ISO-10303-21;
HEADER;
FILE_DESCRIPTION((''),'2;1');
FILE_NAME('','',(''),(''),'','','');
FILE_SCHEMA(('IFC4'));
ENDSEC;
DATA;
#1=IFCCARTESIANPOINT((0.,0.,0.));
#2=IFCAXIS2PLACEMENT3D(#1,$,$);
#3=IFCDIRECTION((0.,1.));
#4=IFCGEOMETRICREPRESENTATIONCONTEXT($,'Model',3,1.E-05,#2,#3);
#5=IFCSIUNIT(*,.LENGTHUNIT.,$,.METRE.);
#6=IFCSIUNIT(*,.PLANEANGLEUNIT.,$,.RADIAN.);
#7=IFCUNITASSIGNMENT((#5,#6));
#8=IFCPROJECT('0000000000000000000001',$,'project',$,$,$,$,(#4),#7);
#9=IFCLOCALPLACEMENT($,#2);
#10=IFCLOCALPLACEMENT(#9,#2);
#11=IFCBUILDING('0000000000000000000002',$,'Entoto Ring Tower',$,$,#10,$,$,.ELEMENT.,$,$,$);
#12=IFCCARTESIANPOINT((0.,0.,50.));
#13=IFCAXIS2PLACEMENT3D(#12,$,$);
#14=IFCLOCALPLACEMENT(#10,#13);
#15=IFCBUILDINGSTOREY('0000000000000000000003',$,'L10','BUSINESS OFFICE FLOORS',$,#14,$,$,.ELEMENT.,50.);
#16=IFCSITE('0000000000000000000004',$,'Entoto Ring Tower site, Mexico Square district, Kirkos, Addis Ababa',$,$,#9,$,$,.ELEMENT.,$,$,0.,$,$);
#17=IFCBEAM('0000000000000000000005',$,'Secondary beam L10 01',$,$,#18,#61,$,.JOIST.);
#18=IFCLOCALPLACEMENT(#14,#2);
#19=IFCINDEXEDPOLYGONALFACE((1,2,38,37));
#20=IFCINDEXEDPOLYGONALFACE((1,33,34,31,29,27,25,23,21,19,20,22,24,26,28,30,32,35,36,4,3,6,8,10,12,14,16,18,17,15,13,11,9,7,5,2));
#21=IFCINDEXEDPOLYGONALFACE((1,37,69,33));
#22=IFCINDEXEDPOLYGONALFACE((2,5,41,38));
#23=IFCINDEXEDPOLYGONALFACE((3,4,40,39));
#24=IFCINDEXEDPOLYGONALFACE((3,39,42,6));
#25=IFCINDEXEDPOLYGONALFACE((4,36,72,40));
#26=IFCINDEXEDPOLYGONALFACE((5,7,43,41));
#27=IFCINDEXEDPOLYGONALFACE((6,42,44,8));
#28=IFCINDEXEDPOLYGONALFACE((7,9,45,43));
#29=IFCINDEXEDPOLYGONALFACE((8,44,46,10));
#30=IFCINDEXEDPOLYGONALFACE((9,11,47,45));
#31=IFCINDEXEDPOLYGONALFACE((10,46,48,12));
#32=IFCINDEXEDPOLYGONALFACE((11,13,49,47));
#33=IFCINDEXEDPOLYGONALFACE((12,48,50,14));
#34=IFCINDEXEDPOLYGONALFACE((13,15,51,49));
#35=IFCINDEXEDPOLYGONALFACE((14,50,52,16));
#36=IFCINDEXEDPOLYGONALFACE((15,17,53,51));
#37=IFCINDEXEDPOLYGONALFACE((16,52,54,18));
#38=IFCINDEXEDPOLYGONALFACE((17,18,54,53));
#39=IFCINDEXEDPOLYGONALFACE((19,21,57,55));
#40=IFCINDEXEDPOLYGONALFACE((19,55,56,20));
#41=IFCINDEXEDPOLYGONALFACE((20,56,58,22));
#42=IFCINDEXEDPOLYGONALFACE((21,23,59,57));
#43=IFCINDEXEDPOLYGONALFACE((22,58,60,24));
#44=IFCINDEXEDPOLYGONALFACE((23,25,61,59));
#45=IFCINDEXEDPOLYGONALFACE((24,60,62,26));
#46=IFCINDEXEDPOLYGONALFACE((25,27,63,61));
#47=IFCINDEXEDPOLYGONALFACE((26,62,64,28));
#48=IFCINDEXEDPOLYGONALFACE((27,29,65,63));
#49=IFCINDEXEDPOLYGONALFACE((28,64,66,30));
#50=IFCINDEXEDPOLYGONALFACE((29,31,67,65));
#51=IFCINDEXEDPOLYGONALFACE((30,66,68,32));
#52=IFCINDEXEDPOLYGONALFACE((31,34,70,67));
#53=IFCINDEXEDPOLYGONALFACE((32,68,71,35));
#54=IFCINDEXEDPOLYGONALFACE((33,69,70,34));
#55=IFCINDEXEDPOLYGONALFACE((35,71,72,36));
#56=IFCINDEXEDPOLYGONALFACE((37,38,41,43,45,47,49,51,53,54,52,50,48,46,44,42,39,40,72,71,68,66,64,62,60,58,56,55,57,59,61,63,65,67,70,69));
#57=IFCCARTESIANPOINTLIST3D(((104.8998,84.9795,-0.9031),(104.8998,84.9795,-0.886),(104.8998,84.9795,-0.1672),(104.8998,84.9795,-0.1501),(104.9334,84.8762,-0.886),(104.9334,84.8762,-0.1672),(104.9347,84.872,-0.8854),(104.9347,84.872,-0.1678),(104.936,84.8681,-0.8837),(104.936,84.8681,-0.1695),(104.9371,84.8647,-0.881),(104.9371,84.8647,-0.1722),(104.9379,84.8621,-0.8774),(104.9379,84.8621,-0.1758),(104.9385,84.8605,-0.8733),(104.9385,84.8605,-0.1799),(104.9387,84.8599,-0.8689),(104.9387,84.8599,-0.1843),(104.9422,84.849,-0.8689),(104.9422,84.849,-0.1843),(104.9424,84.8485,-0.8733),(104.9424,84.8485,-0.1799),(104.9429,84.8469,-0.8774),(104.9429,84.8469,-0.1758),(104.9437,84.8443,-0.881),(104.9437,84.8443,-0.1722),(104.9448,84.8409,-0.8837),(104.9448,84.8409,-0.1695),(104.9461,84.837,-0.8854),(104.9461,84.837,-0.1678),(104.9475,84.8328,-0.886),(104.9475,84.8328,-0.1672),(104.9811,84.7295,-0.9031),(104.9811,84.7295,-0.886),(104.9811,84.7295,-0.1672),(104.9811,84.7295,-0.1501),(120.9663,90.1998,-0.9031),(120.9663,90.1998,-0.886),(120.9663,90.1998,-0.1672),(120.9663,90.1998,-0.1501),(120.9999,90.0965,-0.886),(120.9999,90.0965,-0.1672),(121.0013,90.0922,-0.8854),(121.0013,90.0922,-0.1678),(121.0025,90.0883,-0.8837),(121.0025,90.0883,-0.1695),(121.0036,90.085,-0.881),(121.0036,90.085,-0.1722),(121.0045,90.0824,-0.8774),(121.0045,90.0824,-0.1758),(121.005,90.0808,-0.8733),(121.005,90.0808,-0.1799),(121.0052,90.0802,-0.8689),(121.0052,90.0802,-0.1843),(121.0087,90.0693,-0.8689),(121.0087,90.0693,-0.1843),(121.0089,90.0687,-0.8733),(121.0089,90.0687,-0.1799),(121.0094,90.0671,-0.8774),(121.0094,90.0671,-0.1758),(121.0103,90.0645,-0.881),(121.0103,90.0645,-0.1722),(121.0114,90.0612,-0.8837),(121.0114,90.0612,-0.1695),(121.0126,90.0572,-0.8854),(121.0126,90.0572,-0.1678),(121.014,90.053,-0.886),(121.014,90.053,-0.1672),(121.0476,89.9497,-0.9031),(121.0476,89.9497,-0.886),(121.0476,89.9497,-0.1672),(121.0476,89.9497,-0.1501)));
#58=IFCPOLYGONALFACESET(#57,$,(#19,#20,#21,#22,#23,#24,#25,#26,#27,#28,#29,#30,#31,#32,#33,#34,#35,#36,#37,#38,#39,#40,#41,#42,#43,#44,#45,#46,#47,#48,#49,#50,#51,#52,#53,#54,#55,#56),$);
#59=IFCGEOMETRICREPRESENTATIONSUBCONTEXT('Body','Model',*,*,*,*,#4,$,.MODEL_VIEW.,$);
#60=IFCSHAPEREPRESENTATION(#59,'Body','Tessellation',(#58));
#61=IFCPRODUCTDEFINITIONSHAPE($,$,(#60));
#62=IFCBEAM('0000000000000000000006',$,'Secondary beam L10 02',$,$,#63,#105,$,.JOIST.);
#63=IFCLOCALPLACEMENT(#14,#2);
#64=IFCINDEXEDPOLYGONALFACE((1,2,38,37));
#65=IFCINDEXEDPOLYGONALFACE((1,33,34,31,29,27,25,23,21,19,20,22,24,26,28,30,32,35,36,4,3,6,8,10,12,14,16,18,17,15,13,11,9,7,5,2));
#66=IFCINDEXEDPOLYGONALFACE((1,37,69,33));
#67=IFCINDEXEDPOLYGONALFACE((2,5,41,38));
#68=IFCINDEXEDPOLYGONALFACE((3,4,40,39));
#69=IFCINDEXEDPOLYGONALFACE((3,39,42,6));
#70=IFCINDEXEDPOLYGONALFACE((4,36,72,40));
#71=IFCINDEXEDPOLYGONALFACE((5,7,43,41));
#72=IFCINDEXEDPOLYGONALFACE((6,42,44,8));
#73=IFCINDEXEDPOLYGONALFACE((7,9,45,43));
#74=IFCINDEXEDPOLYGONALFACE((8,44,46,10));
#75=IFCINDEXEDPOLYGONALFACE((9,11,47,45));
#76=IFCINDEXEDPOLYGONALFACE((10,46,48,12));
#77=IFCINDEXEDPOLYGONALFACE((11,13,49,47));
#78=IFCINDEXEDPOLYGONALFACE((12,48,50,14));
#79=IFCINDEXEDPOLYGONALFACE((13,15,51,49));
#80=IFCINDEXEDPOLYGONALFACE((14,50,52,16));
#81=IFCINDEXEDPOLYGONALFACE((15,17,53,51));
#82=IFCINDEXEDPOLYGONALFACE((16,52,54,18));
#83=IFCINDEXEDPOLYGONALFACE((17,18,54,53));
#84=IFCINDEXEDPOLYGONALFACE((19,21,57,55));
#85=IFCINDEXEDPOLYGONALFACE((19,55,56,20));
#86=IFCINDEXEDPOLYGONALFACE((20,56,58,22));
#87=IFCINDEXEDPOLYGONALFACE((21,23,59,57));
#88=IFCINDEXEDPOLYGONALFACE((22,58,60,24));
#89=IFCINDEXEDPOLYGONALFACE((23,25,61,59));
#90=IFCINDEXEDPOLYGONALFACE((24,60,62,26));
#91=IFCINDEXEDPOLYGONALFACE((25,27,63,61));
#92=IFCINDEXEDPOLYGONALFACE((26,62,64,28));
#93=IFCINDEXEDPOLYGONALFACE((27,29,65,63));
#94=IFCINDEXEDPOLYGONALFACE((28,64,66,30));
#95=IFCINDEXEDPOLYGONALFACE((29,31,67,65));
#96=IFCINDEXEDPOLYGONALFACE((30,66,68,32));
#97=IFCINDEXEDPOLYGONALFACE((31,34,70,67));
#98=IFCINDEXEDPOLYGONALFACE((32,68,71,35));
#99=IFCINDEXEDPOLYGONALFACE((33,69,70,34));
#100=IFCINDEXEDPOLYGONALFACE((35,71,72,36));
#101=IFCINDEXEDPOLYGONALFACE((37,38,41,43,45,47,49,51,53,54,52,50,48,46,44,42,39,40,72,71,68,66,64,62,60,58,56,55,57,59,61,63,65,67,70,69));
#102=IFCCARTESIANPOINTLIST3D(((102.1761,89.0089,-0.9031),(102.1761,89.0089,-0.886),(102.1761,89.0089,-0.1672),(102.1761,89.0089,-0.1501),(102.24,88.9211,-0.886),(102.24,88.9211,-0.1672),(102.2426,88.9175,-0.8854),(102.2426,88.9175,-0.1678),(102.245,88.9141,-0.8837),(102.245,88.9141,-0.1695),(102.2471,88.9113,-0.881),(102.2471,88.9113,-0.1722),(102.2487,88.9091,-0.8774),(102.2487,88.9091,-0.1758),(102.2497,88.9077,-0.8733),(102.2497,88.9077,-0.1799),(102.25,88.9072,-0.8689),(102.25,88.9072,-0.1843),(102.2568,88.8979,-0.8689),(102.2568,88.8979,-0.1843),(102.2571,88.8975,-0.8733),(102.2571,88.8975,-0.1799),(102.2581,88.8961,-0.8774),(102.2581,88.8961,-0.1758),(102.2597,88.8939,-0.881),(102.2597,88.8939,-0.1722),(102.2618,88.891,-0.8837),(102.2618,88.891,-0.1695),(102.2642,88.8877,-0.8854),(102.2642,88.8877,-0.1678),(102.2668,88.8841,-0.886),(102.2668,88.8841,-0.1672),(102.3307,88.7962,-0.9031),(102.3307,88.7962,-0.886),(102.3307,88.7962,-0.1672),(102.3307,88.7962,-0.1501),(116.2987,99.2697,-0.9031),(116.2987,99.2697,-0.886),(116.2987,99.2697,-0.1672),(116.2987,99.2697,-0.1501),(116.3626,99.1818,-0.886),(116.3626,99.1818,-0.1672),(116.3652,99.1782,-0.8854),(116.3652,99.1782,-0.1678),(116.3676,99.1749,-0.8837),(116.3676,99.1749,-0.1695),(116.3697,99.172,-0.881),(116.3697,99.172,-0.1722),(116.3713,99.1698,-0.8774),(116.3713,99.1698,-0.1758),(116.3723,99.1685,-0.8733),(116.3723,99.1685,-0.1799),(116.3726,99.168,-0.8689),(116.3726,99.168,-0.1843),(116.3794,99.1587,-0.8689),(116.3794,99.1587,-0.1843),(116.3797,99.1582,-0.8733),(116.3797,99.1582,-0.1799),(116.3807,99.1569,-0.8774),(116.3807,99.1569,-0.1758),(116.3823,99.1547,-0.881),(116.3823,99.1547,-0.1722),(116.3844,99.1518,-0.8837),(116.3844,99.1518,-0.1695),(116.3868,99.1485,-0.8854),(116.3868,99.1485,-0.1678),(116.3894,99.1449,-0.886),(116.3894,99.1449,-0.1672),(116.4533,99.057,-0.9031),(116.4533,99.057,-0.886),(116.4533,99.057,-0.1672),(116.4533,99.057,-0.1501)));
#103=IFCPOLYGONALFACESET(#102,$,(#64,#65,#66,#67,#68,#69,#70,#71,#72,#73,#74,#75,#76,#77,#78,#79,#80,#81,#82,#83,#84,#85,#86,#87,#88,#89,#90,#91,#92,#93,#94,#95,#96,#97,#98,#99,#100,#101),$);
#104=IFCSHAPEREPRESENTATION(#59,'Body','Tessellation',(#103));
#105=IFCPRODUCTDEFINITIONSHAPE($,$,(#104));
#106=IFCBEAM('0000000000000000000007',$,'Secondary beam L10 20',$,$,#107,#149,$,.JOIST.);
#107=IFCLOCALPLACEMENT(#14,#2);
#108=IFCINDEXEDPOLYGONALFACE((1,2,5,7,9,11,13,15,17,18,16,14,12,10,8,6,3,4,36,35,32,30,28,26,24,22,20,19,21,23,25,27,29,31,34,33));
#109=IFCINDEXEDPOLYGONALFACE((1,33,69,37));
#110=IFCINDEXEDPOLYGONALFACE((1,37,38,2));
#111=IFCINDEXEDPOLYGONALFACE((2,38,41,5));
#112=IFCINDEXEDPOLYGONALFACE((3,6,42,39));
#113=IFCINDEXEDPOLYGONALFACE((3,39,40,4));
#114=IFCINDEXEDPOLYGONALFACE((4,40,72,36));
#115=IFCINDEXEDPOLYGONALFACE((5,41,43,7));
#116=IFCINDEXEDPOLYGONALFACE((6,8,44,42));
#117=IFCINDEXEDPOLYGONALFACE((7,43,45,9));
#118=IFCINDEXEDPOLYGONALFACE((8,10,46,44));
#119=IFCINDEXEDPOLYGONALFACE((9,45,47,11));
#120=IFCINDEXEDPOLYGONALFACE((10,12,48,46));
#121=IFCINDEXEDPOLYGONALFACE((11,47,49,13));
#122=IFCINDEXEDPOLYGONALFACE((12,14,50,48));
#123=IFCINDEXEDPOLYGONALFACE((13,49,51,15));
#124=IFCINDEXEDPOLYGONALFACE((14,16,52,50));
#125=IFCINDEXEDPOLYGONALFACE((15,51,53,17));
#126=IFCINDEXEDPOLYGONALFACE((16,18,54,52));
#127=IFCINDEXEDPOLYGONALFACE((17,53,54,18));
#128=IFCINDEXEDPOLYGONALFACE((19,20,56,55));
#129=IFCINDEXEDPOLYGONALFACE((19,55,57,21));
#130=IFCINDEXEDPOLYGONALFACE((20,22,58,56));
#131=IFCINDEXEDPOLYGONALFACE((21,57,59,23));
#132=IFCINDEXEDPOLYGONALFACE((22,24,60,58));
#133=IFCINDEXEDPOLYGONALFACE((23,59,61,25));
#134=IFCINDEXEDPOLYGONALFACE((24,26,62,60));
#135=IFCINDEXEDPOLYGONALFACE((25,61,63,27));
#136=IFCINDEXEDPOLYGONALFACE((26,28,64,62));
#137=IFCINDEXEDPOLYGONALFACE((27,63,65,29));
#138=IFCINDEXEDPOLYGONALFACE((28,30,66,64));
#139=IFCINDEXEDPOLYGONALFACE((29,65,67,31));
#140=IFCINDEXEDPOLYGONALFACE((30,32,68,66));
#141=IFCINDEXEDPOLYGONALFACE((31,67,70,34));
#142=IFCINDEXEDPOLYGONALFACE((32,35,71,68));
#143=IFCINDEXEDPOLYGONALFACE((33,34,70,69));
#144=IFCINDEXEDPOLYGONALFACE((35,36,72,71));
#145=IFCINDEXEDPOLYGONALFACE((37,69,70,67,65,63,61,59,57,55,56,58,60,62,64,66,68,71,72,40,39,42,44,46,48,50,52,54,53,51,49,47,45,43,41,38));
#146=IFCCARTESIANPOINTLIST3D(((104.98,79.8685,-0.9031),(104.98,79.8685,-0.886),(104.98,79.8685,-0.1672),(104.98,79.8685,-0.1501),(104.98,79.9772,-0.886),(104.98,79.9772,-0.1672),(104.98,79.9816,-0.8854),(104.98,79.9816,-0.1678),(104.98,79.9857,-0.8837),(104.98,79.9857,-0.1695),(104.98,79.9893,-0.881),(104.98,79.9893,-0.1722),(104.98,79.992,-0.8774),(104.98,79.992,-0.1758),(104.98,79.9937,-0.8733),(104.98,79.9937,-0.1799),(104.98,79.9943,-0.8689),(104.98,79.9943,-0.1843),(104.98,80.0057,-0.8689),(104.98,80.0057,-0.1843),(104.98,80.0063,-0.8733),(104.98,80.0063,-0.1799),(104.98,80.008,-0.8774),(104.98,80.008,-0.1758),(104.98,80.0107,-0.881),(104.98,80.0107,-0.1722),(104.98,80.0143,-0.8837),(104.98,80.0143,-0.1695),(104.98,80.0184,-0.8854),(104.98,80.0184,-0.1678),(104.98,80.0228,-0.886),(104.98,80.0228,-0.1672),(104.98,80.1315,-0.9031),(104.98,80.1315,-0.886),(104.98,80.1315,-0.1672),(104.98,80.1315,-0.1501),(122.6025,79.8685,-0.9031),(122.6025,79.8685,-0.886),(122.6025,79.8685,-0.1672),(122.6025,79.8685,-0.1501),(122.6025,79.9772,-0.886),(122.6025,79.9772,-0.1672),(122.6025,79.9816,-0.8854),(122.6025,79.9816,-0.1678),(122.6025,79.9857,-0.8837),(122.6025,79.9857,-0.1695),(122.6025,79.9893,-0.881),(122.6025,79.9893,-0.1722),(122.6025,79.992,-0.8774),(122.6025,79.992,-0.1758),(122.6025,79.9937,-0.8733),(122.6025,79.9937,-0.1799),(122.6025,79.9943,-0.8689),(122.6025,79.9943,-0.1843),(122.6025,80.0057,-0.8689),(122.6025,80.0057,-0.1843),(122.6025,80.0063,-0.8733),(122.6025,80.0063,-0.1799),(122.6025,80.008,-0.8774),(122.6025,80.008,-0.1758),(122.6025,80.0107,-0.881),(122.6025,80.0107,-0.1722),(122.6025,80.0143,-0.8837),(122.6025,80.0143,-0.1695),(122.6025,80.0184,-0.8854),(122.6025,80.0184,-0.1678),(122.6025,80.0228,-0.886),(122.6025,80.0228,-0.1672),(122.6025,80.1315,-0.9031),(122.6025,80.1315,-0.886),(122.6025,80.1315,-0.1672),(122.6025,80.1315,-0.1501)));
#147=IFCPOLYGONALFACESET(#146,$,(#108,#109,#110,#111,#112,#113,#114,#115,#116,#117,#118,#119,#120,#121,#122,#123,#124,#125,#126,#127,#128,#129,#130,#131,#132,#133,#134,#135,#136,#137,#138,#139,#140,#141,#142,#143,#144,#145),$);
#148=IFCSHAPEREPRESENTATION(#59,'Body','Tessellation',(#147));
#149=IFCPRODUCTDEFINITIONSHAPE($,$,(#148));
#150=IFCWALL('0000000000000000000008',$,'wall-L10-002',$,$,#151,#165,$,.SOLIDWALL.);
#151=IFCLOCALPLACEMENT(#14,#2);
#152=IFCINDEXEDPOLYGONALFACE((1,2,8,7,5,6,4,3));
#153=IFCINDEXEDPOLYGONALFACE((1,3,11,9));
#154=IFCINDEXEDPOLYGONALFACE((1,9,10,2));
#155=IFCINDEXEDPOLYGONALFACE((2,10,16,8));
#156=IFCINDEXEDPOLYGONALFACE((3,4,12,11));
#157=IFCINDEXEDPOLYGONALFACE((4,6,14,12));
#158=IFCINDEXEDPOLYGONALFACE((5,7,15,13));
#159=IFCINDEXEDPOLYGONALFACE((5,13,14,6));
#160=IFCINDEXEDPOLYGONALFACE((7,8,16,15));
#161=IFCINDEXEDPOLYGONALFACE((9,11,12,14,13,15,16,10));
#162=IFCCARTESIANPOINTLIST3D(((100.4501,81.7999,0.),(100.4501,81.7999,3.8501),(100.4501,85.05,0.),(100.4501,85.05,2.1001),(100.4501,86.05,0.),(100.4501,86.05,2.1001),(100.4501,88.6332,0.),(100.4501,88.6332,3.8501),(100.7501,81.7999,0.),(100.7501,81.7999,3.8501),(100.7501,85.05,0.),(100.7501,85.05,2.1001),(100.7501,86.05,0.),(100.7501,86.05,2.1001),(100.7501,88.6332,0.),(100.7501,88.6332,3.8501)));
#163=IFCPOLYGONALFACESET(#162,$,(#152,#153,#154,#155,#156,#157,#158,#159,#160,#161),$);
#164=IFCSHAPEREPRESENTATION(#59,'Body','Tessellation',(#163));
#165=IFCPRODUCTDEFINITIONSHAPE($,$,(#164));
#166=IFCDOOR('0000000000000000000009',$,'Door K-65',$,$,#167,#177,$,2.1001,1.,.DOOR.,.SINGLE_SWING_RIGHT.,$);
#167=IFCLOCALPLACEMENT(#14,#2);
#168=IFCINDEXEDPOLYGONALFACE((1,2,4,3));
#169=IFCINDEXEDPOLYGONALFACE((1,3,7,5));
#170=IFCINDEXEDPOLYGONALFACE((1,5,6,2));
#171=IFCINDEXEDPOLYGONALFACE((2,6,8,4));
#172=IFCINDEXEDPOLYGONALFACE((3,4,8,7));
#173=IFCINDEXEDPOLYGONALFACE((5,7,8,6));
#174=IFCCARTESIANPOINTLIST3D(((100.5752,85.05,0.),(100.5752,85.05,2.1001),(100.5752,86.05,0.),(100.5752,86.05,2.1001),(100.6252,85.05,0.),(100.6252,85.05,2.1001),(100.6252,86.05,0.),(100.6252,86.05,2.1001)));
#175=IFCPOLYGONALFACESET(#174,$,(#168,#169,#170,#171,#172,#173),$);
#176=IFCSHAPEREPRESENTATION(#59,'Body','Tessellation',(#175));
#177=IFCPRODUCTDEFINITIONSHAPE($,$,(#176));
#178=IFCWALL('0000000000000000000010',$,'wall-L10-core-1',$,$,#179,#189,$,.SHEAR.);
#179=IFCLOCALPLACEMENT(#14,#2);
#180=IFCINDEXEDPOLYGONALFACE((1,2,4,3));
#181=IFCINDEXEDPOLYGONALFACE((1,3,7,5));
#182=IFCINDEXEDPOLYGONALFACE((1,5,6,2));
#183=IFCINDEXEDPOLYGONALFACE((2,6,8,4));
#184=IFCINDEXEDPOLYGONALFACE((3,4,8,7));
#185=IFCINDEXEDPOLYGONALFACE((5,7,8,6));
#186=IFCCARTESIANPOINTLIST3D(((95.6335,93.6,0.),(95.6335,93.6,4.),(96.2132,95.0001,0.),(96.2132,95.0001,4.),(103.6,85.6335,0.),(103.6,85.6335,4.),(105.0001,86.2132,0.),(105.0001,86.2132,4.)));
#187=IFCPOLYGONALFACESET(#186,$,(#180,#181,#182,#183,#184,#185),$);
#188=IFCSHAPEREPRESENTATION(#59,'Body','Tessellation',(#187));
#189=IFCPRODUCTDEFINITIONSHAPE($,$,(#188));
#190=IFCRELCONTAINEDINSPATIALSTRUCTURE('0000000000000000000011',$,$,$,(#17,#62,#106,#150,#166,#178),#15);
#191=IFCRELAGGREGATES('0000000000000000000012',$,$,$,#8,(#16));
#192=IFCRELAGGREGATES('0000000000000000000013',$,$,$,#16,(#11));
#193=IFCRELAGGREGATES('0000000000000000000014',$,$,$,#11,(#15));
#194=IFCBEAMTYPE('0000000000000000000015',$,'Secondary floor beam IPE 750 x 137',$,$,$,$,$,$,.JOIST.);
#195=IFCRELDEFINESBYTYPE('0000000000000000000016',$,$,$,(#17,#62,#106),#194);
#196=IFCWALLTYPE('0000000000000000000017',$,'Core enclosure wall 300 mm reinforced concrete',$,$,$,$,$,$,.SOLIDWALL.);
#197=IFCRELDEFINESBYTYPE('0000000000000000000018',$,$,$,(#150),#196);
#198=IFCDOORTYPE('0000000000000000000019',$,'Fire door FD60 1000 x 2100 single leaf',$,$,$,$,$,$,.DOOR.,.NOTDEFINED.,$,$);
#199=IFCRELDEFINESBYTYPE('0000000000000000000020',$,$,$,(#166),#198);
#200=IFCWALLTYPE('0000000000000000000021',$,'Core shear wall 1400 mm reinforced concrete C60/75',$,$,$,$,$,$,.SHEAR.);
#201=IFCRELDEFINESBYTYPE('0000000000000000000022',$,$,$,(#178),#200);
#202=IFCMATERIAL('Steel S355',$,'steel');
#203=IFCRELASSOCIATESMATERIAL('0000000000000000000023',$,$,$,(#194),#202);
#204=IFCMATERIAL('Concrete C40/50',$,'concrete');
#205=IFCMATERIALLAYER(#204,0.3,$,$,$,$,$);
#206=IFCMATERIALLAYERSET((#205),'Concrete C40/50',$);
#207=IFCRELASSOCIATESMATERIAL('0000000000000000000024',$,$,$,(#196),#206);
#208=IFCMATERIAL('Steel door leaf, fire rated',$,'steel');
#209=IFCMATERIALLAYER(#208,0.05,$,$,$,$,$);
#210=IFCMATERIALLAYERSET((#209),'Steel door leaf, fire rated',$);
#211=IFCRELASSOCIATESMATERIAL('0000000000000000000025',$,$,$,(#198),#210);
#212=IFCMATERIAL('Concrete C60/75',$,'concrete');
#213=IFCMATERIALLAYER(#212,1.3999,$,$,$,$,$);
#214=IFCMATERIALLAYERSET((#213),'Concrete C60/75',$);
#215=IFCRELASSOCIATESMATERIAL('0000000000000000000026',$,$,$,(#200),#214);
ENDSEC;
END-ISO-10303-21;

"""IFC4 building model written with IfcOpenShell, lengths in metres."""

from ifc_helpers import new_model, si_unit, direction, frame, frame_2d, origin, origin_2d, place, context, subcontext, project, spatial, polyline, rectangle, i_section, outline, extrude, material, layer, layer_set, material_profile, profile_set, type_object, element, fill, save


model = new_model("IFC4")

# Units and contexts
model_context = context("Model", 3, precision=1e-05, world=origin(), true_north=direction((0.0, 1.0)))
body_context = subcontext(model_context, "Body", "Model", "MODEL_VIEW")
ifc_project = project(units=[si_unit("LENGTHUNIT", "METRE"), si_unit("PLANEANGLEUNIT", "RADIAN")], contexts=[model_context])

# Site, building, storey
site_placement = place(None, origin())
site = spatial("IfcSite", under=ifc_project, at=site_placement, Name="Entoto Ring Tower site, Mexico Square district, Kirkos, Addis Ababa", CompositionType="ELEMENT", RefElevation=0.0)
building_placement = place(site_placement, origin())
building = spatial("IfcBuilding", under=site, at=building_placement, Name="Entoto Ring Tower", CompositionType="ELEMENT")
storey_placement = place(building_placement, frame((0.0, 0.0, 50.0)))
storey = spatial("IfcBuildingStorey", under=building, at=storey_placement, Name="L10", Description="BUSINESS OFFICE FLOORS", CompositionType="ELEMENT", Elevation=50.0)

# Beams
ifc_material_1 = material(Name="Steel S355", Category="steel")
ifc_material_profile_1 = material_profile(ifc_material_1, i_section(OverallWidth=0.2629, OverallDepth=0.7529, WebThickness=0.0115, FlangeThickness=0.0171, FilletRadius=0.0171, at=origin_2d()), Name="IPE 750 x 137")
ifc_profile_set_1 = profile_set([ifc_material_profile_1], Name="Steel S355")
beam_type_1 = type_object("IfcBeamType", Name="Secondary floor beam IPE 750 x 137", PredefinedType="JOIST", material=ifc_profile_set_1)
beam_1_placement = place(storey_placement, frame((104.9404, 84.8545, -0.5266), z_axis=(0.951058, 0.309013, 0.0), x_axis=(-0.309013, 0.951058, 0.0)))
element("IfcBeam", 1, at=beam_1_placement, inside=storey, type_object=beam_type_1, Name="Secondary beam L10 01", PredefinedType="JOIST", context=body_context, shape_type="SweptSolid", body=[
    extrude(i_section(OverallWidth=0.2629, OverallDepth=0.7529, WebThickness=0.0115, FlangeThickness=0.0171, FilletRadius=0.0171, at=origin_2d()), origin(), (0.0, 0.0, 1.0), 16.8933),
])
beam_2_placement = place(storey_placement, frame((102.2534, 88.9026, -0.5266), z_axis=(0.809014, 0.587789, 0.0), x_axis=(-0.587789, 0.809014, 0.0)))
element("IfcBeam", 2, at=beam_2_placement, inside=storey, type_object=beam_type_1, Name="Secondary beam L10 02", PredefinedType="JOIST", context=body_context, shape_type="SweptSolid", body=[
    extrude(i_section(OverallWidth=0.2629, OverallDepth=0.7529, WebThickness=0.0115, FlangeThickness=0.0171, FilletRadius=0.0171, at=origin_2d()), origin(), (0.0, 0.0, 1.0), 17.4565),
])
beam_3_placement = place(storey_placement, frame((104.98, 80.0, -0.5266), z_axis=(1.0, 0.0, 0.0), x_axis=(0.0, 1.0, 0.0)))
element("IfcBeam", 3, at=beam_3_placement, inside=storey, type_object=beam_type_1, Name="Secondary beam L10 20", PredefinedType="JOIST", context=body_context, shape_type="SweptSolid", body=[
    extrude(i_section(OverallWidth=0.2629, OverallDepth=0.7529, WebThickness=0.0115, FlangeThickness=0.0171, FilletRadius=0.0171, at=origin_2d()), origin(), (0.0, 0.0, 1.0), 17.6226),
])

# Wall, opening, door
ifc_material_2 = material(Name="Concrete C40/50", Category="concrete")
ifc_layer_1 = layer(ifc_material_2, 0.3)
ifc_layer_set_1 = layer_set([ifc_layer_1], Name="Concrete C40/50")
wall_type_1 = type_object("IfcWallType", Name="Core enclosure wall 300 mm reinforced concrete", PredefinedType="SOLIDWALL", material=ifc_layer_set_1)
wall_1_placement = place(storey_placement, frame((100.6001, 81.8, 0.0), z_axis=(0.0, 0.0, 1.0), x_axis=(0.0, 1.0, 0.0)))
wall_1 = element("IfcWall", 4, at=wall_1_placement, inside=storey, type_object=wall_type_1, Name="wall-L10-002", PredefinedType="SOLIDWALL", context=body_context, shape_type="SweptSolid", body=[
    extrude(rectangle(XDim=6.8333, YDim=0.3, at=frame_2d((3.4165, 0.0))), origin(), (0.0, 0.0, 1.0), 3.8501),
])
opening_1_placement = place(wall_1_placement, frame((3.25, 0.0, 0.0)))
opening_1 = element("IfcOpeningElement", 5, at=opening_1_placement, cuts=wall_1, PredefinedType="OPENING", context=body_context, shape_type="SweptSolid", body=[
    extrude(rectangle(XDim=1.0, YDim=2.1001, at=frame_2d((0.5, 1.05))), frame((0.0, 0.1602, 0.0), z_axis=(0.0, -1.0, 0.0), x_axis=(1.0, 0.0, 0.0)), (0.0, 0.0, 1.0), 0.3201),
])
ifc_material_3 = material(Name="Steel door leaf, fire rated", Category="steel")
ifc_layer_2 = layer(ifc_material_3, 0.05)
ifc_layer_set_2 = layer_set([ifc_layer_2], Name="Steel door leaf, fire rated")
door_type_1 = type_object("IfcDoorType", Name="Fire door FD60 1000 x 2100 single leaf", OperationType="NOTDEFINED", PredefinedType="DOOR", material=ifc_layer_set_2)
door_1_placement = place(opening_1_placement, origin())
door_1 = element("IfcDoor", 6, at=door_1_placement, inside=storey, type_object=door_type_1, Name="Door K-65", OperationType="SINGLE_SWING_RIGHT", OverallHeight=2.1001, OverallWidth=1.0, PredefinedType="DOOR", context=body_context, shape_type="SweptSolid", body=[
    extrude(rectangle(XDim=1.0, YDim=2.1001, at=frame_2d((0.5, 1.05))), frame((0.0, 0.0249, 0.0), z_axis=(0.0, -1.0, 0.0), x_axis=(1.0, 0.0, 0.0)), (0.0, 0.0, 1.0), 0.05),
])
fill(opening_1, door_1)

# Wall
ifc_material_4 = material(Name="Concrete C60/75", Category="concrete")
ifc_layer_3 = layer(ifc_material_4, 1.3999)
ifc_layer_set_3 = layer_set([ifc_layer_3], Name="Concrete C60/75")
wall_type_2 = type_object("IfcWallType", Name="Core shear wall 1400 mm reinforced concrete C60/75", PredefinedType="SHEAR", material=ifc_layer_set_3)
wall_2_placement = place(storey_placement, frame((104.3, 85.9233, 0.0), z_axis=(0.0, 0.0, 1.0), x_axis=(-0.707107, 0.707107, 0.0)))
element("IfcWall", 7, at=wall_2_placement, inside=storey, type_object=wall_type_2, Name="wall-L10-core-1", PredefinedType="SHEAR", context=body_context, shape_type="SweptSolid", body=[
    extrude(outline(polyline([(-0.29, -0.7), (12.1365, -0.7), (11.5564, 0.7), (0.29, 0.7), (-0.29, -0.7)])), origin(), (0.0, 0.0, 1.0), 4.0),
])

save(model, "model.ifc")
